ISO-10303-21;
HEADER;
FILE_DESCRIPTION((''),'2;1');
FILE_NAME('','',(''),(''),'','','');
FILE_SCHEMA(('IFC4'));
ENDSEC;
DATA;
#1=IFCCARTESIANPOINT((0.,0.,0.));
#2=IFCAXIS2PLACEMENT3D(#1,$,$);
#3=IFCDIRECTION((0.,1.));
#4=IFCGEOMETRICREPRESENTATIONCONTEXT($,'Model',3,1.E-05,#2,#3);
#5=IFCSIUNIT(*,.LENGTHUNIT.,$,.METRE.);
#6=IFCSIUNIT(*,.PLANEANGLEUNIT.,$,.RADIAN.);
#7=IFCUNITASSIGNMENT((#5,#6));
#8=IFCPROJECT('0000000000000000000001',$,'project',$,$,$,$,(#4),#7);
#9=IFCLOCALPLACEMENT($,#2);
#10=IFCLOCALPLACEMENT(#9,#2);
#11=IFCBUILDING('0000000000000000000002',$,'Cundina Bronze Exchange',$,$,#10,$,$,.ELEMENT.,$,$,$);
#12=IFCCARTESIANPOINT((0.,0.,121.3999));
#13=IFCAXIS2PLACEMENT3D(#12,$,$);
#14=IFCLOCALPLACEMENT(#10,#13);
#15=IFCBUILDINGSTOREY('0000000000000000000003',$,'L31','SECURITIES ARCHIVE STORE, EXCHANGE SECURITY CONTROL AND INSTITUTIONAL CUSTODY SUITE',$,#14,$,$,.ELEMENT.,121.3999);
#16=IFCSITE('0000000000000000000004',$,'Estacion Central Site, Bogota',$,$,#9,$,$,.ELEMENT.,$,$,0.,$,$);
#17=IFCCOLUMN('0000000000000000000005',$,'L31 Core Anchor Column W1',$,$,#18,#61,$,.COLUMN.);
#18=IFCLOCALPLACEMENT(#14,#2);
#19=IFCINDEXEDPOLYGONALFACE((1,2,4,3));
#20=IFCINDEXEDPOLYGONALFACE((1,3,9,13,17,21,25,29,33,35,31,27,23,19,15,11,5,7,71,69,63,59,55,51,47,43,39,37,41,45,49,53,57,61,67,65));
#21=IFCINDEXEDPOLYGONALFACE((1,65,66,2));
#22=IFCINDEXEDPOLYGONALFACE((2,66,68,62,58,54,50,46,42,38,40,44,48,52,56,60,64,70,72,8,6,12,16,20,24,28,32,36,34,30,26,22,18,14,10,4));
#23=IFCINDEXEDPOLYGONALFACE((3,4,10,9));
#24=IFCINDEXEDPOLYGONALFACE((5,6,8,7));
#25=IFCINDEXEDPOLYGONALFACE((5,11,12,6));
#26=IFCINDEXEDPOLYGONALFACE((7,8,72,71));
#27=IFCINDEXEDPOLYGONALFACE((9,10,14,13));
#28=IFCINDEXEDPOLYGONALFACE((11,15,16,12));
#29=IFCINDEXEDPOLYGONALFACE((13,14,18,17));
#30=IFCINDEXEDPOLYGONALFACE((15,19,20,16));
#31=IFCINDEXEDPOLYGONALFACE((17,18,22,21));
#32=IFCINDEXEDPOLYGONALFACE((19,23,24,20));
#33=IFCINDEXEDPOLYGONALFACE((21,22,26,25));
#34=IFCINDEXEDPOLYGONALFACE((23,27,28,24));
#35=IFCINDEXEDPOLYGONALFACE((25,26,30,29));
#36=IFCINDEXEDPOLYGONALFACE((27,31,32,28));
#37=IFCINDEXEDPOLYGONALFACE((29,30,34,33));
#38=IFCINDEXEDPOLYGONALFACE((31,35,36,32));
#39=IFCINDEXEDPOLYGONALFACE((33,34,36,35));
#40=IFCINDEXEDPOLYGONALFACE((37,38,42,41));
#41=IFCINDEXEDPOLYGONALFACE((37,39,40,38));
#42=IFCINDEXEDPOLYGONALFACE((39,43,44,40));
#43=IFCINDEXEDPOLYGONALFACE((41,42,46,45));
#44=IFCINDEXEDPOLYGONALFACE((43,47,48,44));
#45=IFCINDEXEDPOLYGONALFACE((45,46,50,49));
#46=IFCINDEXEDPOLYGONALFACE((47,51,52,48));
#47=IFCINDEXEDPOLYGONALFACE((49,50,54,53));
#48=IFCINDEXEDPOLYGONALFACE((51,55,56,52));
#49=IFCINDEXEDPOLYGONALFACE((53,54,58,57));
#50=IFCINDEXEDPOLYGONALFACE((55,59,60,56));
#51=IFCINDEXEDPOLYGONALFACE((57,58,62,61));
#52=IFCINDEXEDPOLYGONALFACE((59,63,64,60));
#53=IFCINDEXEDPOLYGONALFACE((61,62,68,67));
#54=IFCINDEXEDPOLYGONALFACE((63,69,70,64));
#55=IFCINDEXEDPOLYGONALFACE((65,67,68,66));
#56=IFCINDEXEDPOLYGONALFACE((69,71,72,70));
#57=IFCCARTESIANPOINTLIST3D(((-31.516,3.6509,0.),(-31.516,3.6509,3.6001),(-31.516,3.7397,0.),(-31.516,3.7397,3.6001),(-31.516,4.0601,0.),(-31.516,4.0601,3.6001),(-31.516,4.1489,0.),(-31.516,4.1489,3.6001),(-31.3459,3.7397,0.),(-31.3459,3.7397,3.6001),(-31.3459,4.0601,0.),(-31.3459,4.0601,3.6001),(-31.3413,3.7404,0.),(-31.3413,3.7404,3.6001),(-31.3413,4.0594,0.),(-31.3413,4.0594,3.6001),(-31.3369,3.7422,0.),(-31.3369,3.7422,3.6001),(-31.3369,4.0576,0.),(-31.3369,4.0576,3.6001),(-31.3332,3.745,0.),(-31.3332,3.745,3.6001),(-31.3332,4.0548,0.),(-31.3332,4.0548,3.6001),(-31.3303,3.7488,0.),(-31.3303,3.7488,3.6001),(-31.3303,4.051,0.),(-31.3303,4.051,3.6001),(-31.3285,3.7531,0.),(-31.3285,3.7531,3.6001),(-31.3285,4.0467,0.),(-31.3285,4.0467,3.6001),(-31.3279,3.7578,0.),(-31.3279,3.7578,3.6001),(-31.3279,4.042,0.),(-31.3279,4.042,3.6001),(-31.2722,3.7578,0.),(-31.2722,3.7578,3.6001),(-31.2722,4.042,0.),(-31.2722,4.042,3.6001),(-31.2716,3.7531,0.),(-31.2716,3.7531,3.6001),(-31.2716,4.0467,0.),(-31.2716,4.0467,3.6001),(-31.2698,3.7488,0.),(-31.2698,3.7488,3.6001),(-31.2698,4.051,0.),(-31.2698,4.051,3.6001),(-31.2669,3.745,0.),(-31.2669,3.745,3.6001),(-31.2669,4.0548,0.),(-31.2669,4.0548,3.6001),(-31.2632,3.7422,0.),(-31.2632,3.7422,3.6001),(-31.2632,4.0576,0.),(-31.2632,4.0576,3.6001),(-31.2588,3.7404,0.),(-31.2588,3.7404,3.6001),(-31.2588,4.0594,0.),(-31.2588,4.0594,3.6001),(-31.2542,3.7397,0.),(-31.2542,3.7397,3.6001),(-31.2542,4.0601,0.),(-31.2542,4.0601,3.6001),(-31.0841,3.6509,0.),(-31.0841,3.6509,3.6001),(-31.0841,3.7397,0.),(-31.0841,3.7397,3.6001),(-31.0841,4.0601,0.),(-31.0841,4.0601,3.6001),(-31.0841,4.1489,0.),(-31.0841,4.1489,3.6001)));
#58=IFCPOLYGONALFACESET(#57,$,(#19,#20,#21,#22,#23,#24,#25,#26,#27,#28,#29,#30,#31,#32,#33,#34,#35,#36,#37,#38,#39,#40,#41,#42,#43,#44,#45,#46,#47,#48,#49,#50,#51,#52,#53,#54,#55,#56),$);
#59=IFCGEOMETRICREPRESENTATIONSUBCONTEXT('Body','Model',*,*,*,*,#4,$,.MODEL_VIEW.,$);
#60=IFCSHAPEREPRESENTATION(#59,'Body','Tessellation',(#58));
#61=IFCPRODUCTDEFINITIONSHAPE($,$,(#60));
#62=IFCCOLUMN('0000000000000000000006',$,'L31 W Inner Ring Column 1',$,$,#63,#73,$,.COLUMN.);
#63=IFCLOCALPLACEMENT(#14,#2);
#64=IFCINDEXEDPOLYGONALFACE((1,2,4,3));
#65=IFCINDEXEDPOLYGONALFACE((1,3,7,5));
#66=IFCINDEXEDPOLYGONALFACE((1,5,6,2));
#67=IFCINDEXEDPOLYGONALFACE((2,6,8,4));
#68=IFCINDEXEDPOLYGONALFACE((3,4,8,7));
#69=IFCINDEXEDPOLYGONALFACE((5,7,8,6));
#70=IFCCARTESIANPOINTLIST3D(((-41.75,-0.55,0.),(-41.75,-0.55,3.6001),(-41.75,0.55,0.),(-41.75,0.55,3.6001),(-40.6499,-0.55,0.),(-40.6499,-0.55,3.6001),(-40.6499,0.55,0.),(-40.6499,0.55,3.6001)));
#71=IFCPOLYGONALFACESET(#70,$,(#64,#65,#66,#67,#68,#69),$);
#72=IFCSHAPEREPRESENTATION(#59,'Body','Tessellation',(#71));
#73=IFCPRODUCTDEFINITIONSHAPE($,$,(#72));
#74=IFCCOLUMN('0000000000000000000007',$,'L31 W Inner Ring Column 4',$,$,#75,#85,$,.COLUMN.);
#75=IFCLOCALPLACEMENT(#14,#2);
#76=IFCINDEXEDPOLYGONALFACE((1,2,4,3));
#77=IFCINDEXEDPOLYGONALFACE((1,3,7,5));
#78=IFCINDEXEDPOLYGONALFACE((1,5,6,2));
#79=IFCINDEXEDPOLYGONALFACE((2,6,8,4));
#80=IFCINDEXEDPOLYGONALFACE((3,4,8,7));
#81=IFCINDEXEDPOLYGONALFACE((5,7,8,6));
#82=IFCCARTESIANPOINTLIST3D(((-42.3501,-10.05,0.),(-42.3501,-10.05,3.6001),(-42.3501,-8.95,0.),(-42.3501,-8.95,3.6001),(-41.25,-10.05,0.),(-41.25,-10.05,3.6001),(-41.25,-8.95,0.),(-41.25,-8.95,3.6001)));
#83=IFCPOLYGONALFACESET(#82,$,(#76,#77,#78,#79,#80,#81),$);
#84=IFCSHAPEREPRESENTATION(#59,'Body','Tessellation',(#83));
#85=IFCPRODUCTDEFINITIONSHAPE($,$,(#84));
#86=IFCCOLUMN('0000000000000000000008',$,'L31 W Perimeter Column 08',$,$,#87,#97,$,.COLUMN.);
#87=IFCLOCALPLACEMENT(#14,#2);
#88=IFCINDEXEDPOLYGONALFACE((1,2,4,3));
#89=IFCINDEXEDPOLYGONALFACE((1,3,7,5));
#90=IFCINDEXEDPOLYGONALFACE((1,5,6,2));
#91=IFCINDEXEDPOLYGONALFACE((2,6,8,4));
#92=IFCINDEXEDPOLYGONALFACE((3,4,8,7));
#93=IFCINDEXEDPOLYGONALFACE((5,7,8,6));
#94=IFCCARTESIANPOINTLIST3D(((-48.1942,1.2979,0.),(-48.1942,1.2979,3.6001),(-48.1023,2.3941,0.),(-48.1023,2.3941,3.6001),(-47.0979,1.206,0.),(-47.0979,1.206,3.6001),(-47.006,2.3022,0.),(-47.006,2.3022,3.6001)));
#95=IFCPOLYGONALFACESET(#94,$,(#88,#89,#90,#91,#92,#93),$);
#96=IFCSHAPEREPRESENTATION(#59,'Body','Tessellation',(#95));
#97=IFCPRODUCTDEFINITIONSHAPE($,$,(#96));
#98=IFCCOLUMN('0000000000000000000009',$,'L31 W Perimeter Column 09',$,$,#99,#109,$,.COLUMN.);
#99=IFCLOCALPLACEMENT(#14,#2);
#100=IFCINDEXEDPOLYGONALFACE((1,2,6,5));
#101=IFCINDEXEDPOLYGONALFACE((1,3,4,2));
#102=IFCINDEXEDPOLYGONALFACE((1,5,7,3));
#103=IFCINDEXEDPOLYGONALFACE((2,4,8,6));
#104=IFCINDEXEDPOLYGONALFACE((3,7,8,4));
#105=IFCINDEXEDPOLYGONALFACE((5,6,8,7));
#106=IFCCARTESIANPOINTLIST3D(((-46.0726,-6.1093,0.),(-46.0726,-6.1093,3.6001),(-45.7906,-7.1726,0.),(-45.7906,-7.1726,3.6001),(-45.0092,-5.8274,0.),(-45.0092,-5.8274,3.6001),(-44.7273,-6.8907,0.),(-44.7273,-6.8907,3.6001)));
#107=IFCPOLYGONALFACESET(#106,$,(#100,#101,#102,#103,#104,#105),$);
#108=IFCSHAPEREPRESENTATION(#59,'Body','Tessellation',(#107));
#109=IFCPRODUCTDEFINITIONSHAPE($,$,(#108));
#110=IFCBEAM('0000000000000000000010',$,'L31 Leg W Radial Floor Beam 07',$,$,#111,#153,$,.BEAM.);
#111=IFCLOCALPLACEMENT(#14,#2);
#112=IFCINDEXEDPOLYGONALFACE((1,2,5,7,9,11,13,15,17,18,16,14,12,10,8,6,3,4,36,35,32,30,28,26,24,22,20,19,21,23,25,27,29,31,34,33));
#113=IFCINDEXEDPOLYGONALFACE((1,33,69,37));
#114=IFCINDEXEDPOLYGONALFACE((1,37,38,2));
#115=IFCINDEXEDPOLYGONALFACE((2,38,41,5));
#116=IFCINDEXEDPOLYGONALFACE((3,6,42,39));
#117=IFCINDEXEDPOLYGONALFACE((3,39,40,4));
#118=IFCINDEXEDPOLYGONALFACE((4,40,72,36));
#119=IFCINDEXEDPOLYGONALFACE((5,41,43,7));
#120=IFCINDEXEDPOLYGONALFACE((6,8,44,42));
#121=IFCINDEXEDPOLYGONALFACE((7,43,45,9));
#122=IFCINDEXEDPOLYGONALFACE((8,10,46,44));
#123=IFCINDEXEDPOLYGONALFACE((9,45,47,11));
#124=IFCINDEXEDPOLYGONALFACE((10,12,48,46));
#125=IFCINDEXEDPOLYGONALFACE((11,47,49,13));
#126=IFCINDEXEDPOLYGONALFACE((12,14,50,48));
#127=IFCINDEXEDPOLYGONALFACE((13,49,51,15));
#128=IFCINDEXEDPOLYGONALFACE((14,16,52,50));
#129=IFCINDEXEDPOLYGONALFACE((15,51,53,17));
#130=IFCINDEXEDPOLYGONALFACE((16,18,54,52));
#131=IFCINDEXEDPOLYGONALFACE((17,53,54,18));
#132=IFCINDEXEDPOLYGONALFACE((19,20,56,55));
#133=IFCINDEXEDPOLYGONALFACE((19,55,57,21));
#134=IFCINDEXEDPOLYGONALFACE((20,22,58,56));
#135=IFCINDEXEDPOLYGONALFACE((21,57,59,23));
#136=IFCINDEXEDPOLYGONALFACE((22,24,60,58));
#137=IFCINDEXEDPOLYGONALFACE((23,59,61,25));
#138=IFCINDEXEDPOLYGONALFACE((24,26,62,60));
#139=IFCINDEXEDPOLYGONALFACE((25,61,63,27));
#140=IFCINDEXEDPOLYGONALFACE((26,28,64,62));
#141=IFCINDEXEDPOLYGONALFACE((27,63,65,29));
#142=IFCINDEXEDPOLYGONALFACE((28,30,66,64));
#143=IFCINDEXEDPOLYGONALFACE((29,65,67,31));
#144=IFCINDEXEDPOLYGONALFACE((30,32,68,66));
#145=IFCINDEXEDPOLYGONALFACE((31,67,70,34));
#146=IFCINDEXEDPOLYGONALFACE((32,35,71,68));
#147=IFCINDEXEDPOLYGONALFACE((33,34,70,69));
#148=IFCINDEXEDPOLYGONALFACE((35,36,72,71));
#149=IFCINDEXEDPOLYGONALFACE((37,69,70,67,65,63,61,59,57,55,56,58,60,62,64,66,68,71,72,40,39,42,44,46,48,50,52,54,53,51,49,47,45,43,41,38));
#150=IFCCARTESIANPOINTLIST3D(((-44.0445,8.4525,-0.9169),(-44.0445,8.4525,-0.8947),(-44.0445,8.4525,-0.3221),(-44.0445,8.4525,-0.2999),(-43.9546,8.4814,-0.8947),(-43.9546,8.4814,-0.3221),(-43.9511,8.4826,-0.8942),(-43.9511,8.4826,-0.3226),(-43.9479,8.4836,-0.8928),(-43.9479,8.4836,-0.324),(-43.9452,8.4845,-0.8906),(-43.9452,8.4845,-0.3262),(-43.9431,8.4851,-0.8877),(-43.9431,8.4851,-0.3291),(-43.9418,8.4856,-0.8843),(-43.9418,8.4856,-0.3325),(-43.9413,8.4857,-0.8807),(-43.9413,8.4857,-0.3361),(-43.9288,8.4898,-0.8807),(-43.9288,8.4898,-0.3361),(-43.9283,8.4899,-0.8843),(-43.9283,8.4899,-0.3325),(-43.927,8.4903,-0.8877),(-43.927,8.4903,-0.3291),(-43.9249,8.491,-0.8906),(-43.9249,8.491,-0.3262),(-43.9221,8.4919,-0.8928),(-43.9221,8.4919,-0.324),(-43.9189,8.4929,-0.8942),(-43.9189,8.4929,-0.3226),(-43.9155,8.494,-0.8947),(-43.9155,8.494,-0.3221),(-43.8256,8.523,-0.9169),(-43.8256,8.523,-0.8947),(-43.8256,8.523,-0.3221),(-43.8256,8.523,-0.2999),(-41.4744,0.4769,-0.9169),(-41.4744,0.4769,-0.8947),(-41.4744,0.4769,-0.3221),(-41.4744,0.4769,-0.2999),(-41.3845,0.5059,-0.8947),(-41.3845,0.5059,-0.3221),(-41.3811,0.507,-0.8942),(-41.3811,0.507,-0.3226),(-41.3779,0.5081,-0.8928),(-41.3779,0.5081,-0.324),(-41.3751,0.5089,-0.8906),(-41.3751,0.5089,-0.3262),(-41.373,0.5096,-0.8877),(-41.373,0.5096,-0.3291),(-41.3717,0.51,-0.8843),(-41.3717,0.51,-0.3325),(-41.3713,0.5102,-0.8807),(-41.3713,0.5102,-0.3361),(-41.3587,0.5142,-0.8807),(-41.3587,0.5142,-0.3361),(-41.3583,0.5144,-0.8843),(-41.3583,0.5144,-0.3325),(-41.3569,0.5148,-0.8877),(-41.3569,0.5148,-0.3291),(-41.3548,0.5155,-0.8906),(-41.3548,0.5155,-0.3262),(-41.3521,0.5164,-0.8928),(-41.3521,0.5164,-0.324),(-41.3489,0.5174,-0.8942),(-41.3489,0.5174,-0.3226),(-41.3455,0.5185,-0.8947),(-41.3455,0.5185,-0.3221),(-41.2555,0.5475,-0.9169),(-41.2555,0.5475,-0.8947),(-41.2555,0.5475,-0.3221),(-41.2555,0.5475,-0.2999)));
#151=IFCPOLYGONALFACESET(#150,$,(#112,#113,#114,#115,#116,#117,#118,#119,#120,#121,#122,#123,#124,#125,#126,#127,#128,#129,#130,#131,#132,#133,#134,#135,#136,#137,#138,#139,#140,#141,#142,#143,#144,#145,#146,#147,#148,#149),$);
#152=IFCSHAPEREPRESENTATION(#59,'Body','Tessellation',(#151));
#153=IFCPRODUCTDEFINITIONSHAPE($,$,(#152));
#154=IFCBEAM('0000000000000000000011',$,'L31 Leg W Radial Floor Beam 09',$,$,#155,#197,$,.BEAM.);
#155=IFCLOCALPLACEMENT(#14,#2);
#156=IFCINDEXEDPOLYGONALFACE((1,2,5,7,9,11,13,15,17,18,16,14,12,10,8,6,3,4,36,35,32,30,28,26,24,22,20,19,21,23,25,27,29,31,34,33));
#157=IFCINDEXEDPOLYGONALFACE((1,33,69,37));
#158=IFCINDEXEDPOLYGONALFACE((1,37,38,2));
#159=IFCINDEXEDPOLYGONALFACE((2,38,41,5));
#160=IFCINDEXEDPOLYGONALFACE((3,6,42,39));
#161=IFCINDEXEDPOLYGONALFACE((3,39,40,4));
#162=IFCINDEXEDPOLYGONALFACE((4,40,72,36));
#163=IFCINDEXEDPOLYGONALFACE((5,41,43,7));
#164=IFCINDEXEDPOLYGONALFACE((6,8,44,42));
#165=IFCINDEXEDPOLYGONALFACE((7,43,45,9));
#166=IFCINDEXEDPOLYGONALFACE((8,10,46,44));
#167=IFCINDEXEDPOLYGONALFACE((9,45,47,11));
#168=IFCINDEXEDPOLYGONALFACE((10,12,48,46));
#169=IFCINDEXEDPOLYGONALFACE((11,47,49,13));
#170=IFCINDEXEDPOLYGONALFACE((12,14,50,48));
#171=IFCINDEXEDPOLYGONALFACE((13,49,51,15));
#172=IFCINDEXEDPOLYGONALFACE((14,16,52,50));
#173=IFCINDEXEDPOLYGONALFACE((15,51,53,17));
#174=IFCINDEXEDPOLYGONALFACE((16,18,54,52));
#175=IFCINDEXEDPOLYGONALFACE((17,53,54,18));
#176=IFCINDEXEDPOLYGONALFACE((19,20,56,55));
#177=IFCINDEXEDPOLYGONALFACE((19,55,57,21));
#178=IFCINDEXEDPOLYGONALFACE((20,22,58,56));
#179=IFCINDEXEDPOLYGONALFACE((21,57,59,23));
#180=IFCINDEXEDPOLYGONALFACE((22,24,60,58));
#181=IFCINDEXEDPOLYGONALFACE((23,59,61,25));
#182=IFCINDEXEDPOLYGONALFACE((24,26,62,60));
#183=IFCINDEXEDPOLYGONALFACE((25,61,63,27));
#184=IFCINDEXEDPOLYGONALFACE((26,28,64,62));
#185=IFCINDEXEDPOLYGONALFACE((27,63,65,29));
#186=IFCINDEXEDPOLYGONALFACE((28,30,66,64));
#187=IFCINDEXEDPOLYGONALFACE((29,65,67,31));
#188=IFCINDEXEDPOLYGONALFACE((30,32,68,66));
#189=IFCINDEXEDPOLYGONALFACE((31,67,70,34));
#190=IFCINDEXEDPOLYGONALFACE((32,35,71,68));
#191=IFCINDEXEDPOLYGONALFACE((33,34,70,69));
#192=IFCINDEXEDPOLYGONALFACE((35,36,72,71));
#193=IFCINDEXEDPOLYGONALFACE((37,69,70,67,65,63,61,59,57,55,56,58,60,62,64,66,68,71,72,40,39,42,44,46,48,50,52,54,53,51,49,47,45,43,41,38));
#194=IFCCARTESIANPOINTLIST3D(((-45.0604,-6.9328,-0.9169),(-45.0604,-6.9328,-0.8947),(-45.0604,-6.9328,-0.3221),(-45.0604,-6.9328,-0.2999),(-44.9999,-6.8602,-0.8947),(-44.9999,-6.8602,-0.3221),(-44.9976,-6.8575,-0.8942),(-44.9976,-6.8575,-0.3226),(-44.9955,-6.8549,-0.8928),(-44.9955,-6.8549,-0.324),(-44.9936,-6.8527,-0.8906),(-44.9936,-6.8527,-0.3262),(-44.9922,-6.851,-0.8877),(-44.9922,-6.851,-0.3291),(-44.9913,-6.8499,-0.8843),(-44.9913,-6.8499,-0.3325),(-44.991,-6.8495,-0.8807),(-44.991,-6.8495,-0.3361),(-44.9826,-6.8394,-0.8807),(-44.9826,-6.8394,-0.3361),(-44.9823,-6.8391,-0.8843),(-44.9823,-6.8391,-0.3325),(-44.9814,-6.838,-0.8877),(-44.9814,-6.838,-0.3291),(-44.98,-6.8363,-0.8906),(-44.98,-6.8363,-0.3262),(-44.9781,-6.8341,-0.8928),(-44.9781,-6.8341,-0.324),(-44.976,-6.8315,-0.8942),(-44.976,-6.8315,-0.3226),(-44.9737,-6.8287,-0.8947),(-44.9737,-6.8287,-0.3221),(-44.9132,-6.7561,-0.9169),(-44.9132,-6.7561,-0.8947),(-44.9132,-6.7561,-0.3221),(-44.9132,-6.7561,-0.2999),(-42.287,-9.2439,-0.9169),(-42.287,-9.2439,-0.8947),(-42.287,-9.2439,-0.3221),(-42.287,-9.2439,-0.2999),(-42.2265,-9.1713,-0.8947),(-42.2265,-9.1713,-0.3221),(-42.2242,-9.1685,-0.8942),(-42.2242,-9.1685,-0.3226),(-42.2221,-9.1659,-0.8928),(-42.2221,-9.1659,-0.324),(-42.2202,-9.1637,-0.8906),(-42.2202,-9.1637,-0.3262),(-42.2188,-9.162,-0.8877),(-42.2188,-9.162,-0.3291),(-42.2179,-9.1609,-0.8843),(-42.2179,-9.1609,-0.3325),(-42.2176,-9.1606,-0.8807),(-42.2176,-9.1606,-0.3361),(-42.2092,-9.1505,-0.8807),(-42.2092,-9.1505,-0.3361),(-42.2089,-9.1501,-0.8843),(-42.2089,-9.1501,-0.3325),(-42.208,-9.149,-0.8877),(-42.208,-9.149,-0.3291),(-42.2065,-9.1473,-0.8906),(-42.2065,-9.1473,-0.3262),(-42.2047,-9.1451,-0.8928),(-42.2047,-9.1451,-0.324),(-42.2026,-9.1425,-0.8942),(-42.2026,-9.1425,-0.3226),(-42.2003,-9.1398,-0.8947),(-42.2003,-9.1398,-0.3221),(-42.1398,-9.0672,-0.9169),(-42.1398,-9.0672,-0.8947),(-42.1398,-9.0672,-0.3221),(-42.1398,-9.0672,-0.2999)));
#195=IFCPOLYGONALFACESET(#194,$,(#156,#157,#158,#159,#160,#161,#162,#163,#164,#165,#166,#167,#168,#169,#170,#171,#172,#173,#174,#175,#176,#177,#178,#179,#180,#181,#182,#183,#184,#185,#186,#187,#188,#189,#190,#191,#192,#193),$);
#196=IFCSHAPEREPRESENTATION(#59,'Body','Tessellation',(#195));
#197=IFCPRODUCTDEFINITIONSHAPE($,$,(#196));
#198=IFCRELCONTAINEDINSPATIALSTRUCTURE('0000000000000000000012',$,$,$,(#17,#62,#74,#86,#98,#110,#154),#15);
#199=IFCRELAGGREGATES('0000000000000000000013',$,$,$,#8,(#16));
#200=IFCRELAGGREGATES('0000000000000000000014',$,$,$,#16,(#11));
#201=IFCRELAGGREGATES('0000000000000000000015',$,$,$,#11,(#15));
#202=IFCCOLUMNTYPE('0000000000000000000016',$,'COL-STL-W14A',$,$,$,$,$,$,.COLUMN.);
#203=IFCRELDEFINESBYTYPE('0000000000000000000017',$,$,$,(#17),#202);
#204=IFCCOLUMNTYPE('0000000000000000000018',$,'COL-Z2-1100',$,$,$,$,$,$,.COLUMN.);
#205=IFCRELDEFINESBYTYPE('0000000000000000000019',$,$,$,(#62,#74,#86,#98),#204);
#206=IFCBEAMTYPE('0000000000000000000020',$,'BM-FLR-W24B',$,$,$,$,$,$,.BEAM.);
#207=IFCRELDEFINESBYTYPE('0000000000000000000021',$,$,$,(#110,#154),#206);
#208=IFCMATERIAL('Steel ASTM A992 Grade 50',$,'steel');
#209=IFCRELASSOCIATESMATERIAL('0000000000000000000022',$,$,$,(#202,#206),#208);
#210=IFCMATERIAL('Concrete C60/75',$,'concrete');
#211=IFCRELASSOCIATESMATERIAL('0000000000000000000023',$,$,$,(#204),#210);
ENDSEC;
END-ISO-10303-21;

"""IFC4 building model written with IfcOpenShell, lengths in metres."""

from ifc_helpers import new_model, si_unit, direction, frame, origin, origin_2d, place, context, subcontext, project, spatial, rectangle, i_section, extrude, material, material_profile, profile_set, type_object, element, save


model = new_model("IFC4")

# Units and contexts
model_context = context("Model", 3, precision=1e-05, world=origin(), true_north=direction((0.0, 1.0)))
body_context = subcontext(model_context, "Body", "Model", "MODEL_VIEW")
ifc_project = project(units=[si_unit("LENGTHUNIT", "METRE"), si_unit("PLANEANGLEUNIT", "RADIAN")], contexts=[model_context])

# Site, building, storey
site_placement = place(None, origin())
site = spatial("IfcSite", under=ifc_project, at=site_placement, Name="Estacion Central Site, Bogota", CompositionType="ELEMENT", RefElevation=0.0)
building_placement = place(site_placement, origin())
building = spatial("IfcBuilding", under=site, at=building_placement, Name="Cundina Bronze Exchange", CompositionType="ELEMENT")
storey_placement = place(building_placement, frame((0.0, 0.0, 121.3999)))
storey = spatial("IfcBuildingStorey", under=building, at=storey_placement, Name="L31", Description="SECURITIES ARCHIVE STORE, EXCHANGE SECURITY CONTROL AND INSTITUTIONAL CUSTODY SUITE", CompositionType="ELEMENT", Elevation=121.3999)

# Columns
ifc_material_1 = material(Name="Steel ASTM A992 Grade 50", Category="steel")
ifc_material_profile_1 = material_profile(ifc_material_1, i_section(OverallWidth=0.4319, OverallDepth=0.498, WebThickness=0.0557, FlangeThickness=0.0889, FilletRadius=0.0181, at=origin_2d()), Name="W14X500", Category="steel")
ifc_profile_set_1 = profile_set([ifc_material_profile_1], Name="Steel ASTM A992 Grade 50")
column_type_1 = type_object("IfcColumnType", Name="COL-STL-W14A", PredefinedType="COLUMN", material=ifc_profile_set_1)
column_placement = place(storey_placement, frame((-31.3, 3.8999, 0.0), z_axis=(0.0, 0.0, 1.0), x_axis=(1.0, 0.0, 0.0)))
element("IfcColumn", 1, at=column_placement, inside=storey, type_object=column_type_1, Name="L31 Core Anchor Column W1", PredefinedType="COLUMN", context=body_context, shape_type="SweptSolid", body=[
    extrude(i_section(OverallWidth=0.4319, OverallDepth=0.498, WebThickness=0.0557, FlangeThickness=0.0889, FilletRadius=0.0181, at=origin_2d()), origin(), (0.0, 0.0, 1.0), 3.6001),
])
ifc_material_2 = material(Name="Concrete C60/75", Category="concrete")
ifc_material_profile_2 = material_profile(ifc_material_2, rectangle(XDim=1.1001, YDim=1.1001, at=origin_2d()), Name="RC1100X1100", Category="concrete")
ifc_profile_set_2 = profile_set([ifc_material_profile_2], Name="Concrete C60/75")
column_type_2 = type_object("IfcColumnType", Name="COL-Z2-1100", PredefinedType="COLUMN", material=ifc_profile_set_2)
for number, where, z_axis, x_axis, name in (
    (2, (-41.2, 0.0, 0.0), (0.0, 0.0, 1.0), (1.0, 0.0, 0.0), "L31 W Inner Ring Column 1"),
    (3, (-41.8, -9.5, 0.0), (0.0, 0.0, 1.0), (1.0, 0.0, 0.0), "L31 W Inner Ring Column 4"),
    (4, (-47.6001, 1.8, 0.0), (0.0, 0.0, 1.0), (-0.083504, -0.996507, 0.0), "L31 W Perimeter Column 08"),
    (5, (-45.3999, -6.5, 0.0), (0.0, 0.0, 1.0), (0.256289, -0.9666, 0.0), "L31 W Perimeter Column 09"),
):
    element("IfcColumn", number, at=place(storey_placement, frame(where, z_axis=z_axis, x_axis=x_axis)), inside=storey, type_object=column_type_2, Name=name, PredefinedType="COLUMN", context=body_context, shape_type="SweptSolid", body=[
        extrude(rectangle(XDim=1.1001, YDim=1.1001, at=origin_2d()), origin(), (0.0, 0.0, 1.0), 3.6001),
    ])

# Beams
ifc_material_profile_3 = material_profile(ifc_material_1, i_section(OverallWidth=0.23, OverallDepth=0.6169, WebThickness=0.0132, FlangeThickness=0.0222, FilletRadius=0.0139, at=origin_2d()), Name="W24X94", Category="steel")
ifc_profile_set_3 = profile_set([ifc_material_profile_3], Name="Steel ASTM A992 Grade 50")
beam_type_1 = type_object("IfcBeamType", Name="BM-FLR-W24B", PredefinedType="BEAM", material=ifc_profile_set_3)
beam_1_placement = place(storey_placement, frame((-41.365, 0.5122, -0.6084), z_axis=(-0.306711, 0.951803, 0.0), x_axis=(-0.951803, -0.306711, 0.0)))
element("IfcBeam", 6, at=beam_1_placement, inside=storey, type_object=beam_type_1, Name="L31 Leg W Radial Floor Beam 07", PredefinedType="BEAM", context=body_context, shape_type="SweptSolid", body=[
    extrude(i_section(OverallWidth=0.23, OverallDepth=0.6169, WebThickness=0.0132, FlangeThickness=0.0222, FilletRadius=0.0139, at=origin_2d()), origin(), (0.0, 0.0, 1.0), 8.3794),
])
beam_2_placement = place(storey_placement, frame((-42.2134, -9.1555, -0.6084), z_axis=(-0.768243, 0.640158, 0.0), x_axis=(-0.640158, -0.768243, 0.0)))
element("IfcBeam", 7, at=beam_2_placement, inside=storey, type_object=beam_type_1, Name="L31 Leg W Radial Floor Beam 09", PredefinedType="BEAM", context=body_context, shape_type="SweptSolid", body=[
    extrude(i_section(OverallWidth=0.23, OverallDepth=0.6169, WebThickness=0.0132, FlangeThickness=0.0222, FilletRadius=0.0139, at=origin_2d()), origin(), (0.0, 0.0, 1.0), 3.6101),
])

save(model, "model.ifc")
